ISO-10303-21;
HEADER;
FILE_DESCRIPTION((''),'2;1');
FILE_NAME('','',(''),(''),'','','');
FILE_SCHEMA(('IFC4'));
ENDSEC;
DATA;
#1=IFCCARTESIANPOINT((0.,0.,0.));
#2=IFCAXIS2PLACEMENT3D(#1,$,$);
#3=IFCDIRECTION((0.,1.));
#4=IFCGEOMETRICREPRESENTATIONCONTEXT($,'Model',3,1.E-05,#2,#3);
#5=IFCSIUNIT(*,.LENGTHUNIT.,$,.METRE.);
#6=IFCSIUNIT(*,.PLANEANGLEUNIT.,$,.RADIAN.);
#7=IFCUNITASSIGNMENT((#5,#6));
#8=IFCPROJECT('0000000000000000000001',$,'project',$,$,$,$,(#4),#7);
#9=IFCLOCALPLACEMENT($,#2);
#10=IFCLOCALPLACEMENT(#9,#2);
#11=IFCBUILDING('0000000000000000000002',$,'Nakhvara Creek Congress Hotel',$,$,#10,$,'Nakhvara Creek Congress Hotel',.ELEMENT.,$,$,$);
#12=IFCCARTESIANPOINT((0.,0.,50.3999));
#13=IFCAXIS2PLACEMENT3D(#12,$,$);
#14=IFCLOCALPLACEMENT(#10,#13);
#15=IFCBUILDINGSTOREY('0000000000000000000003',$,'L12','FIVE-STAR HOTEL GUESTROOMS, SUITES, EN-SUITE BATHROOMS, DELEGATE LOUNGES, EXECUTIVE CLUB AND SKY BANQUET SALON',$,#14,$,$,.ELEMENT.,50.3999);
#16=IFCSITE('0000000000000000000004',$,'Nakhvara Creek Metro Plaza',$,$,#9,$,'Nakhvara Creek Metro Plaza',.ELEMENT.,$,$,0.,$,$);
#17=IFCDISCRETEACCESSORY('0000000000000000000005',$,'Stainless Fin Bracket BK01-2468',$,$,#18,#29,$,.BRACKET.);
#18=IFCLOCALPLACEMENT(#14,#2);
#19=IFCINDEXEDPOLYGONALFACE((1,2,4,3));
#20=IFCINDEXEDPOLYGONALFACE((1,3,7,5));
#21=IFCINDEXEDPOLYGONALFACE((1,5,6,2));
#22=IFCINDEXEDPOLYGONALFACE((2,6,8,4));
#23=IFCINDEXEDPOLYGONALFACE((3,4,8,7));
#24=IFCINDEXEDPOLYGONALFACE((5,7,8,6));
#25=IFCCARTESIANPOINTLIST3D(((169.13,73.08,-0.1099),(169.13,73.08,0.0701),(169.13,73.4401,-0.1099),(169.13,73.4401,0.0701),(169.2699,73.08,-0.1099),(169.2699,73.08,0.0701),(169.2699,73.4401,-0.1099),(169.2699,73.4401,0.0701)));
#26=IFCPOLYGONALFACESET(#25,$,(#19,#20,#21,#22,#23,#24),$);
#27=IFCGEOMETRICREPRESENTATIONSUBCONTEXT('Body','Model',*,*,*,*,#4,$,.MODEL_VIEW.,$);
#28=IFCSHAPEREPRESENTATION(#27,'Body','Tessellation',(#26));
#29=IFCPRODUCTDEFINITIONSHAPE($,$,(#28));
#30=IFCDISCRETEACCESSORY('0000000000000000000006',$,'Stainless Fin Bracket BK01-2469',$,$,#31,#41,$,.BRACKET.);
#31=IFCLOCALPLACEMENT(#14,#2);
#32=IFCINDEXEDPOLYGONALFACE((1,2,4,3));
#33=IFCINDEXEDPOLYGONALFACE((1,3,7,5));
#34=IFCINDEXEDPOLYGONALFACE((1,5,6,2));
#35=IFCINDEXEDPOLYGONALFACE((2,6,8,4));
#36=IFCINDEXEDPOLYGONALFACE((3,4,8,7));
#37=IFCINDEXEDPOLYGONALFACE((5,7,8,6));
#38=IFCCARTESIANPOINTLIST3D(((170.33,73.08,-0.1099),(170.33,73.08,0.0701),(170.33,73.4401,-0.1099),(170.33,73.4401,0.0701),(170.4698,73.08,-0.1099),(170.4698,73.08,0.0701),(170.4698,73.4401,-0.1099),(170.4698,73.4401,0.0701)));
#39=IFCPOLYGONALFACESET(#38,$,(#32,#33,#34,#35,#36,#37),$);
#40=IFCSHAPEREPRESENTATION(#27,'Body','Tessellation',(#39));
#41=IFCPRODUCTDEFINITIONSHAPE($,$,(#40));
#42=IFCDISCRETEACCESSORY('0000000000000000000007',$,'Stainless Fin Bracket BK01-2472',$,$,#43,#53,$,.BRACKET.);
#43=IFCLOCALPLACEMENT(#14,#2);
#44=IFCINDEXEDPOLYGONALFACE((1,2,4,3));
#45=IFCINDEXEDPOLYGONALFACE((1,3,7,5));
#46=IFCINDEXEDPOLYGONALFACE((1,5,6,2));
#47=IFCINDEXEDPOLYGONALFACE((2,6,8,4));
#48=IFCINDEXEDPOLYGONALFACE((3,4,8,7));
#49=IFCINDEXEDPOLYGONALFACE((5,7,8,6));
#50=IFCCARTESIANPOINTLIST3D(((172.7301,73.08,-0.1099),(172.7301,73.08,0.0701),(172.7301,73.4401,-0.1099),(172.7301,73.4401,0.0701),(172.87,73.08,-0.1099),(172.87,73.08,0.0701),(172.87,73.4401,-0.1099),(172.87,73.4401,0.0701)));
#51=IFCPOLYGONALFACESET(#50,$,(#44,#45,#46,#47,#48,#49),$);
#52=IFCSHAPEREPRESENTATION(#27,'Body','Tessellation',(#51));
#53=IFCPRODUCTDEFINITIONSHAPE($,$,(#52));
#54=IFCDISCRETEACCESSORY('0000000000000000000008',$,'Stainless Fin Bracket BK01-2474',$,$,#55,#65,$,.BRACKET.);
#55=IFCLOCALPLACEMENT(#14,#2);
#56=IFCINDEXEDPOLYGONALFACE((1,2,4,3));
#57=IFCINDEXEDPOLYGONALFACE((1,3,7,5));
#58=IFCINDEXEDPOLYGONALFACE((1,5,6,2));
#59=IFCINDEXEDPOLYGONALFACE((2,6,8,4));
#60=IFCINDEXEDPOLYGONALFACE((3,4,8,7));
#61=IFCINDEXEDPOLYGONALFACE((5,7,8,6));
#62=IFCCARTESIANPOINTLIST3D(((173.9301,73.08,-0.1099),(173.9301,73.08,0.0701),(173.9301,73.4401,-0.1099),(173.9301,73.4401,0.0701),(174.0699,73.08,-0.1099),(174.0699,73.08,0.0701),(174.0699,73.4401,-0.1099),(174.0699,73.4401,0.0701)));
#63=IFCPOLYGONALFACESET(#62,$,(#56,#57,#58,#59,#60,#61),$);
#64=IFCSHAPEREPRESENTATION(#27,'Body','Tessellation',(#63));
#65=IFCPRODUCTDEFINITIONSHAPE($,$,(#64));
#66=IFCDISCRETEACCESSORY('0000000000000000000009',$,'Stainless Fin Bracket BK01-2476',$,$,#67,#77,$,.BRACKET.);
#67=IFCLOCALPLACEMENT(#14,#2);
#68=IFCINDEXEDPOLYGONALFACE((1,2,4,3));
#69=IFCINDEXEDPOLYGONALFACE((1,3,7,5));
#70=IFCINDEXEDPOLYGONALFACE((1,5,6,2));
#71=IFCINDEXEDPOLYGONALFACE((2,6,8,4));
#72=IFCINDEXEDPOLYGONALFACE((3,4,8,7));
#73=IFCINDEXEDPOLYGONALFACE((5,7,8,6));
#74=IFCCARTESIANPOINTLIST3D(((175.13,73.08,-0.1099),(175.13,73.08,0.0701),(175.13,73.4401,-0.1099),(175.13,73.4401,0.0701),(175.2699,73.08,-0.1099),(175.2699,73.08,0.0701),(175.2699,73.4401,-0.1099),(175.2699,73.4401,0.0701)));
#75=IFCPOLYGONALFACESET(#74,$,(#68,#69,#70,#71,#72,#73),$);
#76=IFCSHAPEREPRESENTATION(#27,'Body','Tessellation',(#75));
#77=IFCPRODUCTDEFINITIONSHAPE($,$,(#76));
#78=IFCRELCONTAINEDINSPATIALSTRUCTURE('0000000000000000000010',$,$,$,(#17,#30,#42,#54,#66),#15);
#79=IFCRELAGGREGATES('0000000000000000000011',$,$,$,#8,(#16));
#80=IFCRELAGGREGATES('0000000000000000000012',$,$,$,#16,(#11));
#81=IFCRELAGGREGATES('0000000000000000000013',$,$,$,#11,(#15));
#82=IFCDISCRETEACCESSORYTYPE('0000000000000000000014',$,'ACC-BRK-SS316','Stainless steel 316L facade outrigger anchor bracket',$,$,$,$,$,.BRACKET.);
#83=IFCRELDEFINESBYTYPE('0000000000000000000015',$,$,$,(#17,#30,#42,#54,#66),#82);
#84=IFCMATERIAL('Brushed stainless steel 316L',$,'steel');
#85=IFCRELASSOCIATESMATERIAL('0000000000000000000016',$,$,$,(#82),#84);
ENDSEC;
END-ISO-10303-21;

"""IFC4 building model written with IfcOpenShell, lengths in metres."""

from ifc_helpers import new_model, si_unit, direction, frame, origin, origin_2d, place, context, subcontext, project, spatial, rectangle, extrude, material, type_object, element, save


model = new_model("IFC4")

# Units and contexts
model_context = context("Model", 3, precision=1e-05, world=origin(), true_north=direction((0.0, 1.0)))
body_context = subcontext(model_context, "Body", "Model", "MODEL_VIEW")
ifc_project = project(units=[si_unit("LENGTHUNIT", "METRE"), si_unit("PLANEANGLEUNIT", "RADIAN")], contexts=[model_context])

# Site, building, storey
site_placement = place(None, origin())
site = spatial("IfcSite", under=ifc_project, at=site_placement, Name="Nakhvara Creek Metro Plaza", LongName="Nakhvara Creek Metro Plaza", CompositionType="ELEMENT", RefElevation=0.0)
building_placement = place(site_placement, origin())
building = spatial("IfcBuilding", under=site, at=building_placement, Name="Nakhvara Creek Congress Hotel", LongName="Nakhvara Creek Congress Hotel", CompositionType="ELEMENT")
storey_placement = place(building_placement, frame((0.0, 0.0, 50.3999)))
storey = spatial("IfcBuildingStorey", under=building, at=storey_placement, Name="L12", Description="FIVE-STAR HOTEL GUESTROOMS, SUITES, EN-SUITE BATHROOMS, DELEGATE LOUNGES, EXECUTIVE CLUB AND SKY BANQUET SALON", CompositionType="ELEMENT", Elevation=50.3999)

# Shared definitions
ifc_material_1 = material(Name="Brushed stainless steel 316L", Category="steel")

# Discrete accessories
discrete_accessory_type = type_object("IfcDiscreteAccessoryType", Name="ACC-BRK-SS316", Description="Stainless steel 316L facade outrigger anchor bracket", PredefinedType="BRACKET", material=ifc_material_1)
for number, where, z_axis, x_axis, name in (
    (1, (169.2, 73.26, -0.1099), (0.0, 0.0, 1.0), (1.0, 0.0, 0.0), "Stainless Fin Bracket BK01-2468"),
    (2, (170.3999, 73.26, -0.1099), (0.0, 0.0, 1.0), (1.0, 0.0, 0.0), "Stainless Fin Bracket BK01-2469"),
    (3, (172.8, 73.26, -0.1099), (0.0, 0.0, 1.0), (1.0, 0.0, 0.0), "Stainless Fin Bracket BK01-2472"),
    (4, (174.0, 73.26, -0.1099), (0.0, 0.0, 1.0), (1.0, 0.0, 0.0), "Stainless Fin Bracket BK01-2474"),
    (5, (175.2, 73.26, -0.1099), (0.0, 0.0, 1.0), (1.0, 0.0, 0.0), "Stainless Fin Bracket BK01-2476"),
):
    element("IfcDiscreteAccessory", number, at=place(storey_placement, frame(where, z_axis=z_axis, x_axis=x_axis)), inside=storey, type_object=discrete_accessory_type, Name=name, PredefinedType="BRACKET", context=body_context, shape_type="SweptSolid", body=[
        extrude(rectangle(XDim=0.1399, YDim=0.3601, at=origin_2d()), origin(), (0.0, 0.0, 1.0), 0.1799),
    ])

save(model, "model.ifc")
